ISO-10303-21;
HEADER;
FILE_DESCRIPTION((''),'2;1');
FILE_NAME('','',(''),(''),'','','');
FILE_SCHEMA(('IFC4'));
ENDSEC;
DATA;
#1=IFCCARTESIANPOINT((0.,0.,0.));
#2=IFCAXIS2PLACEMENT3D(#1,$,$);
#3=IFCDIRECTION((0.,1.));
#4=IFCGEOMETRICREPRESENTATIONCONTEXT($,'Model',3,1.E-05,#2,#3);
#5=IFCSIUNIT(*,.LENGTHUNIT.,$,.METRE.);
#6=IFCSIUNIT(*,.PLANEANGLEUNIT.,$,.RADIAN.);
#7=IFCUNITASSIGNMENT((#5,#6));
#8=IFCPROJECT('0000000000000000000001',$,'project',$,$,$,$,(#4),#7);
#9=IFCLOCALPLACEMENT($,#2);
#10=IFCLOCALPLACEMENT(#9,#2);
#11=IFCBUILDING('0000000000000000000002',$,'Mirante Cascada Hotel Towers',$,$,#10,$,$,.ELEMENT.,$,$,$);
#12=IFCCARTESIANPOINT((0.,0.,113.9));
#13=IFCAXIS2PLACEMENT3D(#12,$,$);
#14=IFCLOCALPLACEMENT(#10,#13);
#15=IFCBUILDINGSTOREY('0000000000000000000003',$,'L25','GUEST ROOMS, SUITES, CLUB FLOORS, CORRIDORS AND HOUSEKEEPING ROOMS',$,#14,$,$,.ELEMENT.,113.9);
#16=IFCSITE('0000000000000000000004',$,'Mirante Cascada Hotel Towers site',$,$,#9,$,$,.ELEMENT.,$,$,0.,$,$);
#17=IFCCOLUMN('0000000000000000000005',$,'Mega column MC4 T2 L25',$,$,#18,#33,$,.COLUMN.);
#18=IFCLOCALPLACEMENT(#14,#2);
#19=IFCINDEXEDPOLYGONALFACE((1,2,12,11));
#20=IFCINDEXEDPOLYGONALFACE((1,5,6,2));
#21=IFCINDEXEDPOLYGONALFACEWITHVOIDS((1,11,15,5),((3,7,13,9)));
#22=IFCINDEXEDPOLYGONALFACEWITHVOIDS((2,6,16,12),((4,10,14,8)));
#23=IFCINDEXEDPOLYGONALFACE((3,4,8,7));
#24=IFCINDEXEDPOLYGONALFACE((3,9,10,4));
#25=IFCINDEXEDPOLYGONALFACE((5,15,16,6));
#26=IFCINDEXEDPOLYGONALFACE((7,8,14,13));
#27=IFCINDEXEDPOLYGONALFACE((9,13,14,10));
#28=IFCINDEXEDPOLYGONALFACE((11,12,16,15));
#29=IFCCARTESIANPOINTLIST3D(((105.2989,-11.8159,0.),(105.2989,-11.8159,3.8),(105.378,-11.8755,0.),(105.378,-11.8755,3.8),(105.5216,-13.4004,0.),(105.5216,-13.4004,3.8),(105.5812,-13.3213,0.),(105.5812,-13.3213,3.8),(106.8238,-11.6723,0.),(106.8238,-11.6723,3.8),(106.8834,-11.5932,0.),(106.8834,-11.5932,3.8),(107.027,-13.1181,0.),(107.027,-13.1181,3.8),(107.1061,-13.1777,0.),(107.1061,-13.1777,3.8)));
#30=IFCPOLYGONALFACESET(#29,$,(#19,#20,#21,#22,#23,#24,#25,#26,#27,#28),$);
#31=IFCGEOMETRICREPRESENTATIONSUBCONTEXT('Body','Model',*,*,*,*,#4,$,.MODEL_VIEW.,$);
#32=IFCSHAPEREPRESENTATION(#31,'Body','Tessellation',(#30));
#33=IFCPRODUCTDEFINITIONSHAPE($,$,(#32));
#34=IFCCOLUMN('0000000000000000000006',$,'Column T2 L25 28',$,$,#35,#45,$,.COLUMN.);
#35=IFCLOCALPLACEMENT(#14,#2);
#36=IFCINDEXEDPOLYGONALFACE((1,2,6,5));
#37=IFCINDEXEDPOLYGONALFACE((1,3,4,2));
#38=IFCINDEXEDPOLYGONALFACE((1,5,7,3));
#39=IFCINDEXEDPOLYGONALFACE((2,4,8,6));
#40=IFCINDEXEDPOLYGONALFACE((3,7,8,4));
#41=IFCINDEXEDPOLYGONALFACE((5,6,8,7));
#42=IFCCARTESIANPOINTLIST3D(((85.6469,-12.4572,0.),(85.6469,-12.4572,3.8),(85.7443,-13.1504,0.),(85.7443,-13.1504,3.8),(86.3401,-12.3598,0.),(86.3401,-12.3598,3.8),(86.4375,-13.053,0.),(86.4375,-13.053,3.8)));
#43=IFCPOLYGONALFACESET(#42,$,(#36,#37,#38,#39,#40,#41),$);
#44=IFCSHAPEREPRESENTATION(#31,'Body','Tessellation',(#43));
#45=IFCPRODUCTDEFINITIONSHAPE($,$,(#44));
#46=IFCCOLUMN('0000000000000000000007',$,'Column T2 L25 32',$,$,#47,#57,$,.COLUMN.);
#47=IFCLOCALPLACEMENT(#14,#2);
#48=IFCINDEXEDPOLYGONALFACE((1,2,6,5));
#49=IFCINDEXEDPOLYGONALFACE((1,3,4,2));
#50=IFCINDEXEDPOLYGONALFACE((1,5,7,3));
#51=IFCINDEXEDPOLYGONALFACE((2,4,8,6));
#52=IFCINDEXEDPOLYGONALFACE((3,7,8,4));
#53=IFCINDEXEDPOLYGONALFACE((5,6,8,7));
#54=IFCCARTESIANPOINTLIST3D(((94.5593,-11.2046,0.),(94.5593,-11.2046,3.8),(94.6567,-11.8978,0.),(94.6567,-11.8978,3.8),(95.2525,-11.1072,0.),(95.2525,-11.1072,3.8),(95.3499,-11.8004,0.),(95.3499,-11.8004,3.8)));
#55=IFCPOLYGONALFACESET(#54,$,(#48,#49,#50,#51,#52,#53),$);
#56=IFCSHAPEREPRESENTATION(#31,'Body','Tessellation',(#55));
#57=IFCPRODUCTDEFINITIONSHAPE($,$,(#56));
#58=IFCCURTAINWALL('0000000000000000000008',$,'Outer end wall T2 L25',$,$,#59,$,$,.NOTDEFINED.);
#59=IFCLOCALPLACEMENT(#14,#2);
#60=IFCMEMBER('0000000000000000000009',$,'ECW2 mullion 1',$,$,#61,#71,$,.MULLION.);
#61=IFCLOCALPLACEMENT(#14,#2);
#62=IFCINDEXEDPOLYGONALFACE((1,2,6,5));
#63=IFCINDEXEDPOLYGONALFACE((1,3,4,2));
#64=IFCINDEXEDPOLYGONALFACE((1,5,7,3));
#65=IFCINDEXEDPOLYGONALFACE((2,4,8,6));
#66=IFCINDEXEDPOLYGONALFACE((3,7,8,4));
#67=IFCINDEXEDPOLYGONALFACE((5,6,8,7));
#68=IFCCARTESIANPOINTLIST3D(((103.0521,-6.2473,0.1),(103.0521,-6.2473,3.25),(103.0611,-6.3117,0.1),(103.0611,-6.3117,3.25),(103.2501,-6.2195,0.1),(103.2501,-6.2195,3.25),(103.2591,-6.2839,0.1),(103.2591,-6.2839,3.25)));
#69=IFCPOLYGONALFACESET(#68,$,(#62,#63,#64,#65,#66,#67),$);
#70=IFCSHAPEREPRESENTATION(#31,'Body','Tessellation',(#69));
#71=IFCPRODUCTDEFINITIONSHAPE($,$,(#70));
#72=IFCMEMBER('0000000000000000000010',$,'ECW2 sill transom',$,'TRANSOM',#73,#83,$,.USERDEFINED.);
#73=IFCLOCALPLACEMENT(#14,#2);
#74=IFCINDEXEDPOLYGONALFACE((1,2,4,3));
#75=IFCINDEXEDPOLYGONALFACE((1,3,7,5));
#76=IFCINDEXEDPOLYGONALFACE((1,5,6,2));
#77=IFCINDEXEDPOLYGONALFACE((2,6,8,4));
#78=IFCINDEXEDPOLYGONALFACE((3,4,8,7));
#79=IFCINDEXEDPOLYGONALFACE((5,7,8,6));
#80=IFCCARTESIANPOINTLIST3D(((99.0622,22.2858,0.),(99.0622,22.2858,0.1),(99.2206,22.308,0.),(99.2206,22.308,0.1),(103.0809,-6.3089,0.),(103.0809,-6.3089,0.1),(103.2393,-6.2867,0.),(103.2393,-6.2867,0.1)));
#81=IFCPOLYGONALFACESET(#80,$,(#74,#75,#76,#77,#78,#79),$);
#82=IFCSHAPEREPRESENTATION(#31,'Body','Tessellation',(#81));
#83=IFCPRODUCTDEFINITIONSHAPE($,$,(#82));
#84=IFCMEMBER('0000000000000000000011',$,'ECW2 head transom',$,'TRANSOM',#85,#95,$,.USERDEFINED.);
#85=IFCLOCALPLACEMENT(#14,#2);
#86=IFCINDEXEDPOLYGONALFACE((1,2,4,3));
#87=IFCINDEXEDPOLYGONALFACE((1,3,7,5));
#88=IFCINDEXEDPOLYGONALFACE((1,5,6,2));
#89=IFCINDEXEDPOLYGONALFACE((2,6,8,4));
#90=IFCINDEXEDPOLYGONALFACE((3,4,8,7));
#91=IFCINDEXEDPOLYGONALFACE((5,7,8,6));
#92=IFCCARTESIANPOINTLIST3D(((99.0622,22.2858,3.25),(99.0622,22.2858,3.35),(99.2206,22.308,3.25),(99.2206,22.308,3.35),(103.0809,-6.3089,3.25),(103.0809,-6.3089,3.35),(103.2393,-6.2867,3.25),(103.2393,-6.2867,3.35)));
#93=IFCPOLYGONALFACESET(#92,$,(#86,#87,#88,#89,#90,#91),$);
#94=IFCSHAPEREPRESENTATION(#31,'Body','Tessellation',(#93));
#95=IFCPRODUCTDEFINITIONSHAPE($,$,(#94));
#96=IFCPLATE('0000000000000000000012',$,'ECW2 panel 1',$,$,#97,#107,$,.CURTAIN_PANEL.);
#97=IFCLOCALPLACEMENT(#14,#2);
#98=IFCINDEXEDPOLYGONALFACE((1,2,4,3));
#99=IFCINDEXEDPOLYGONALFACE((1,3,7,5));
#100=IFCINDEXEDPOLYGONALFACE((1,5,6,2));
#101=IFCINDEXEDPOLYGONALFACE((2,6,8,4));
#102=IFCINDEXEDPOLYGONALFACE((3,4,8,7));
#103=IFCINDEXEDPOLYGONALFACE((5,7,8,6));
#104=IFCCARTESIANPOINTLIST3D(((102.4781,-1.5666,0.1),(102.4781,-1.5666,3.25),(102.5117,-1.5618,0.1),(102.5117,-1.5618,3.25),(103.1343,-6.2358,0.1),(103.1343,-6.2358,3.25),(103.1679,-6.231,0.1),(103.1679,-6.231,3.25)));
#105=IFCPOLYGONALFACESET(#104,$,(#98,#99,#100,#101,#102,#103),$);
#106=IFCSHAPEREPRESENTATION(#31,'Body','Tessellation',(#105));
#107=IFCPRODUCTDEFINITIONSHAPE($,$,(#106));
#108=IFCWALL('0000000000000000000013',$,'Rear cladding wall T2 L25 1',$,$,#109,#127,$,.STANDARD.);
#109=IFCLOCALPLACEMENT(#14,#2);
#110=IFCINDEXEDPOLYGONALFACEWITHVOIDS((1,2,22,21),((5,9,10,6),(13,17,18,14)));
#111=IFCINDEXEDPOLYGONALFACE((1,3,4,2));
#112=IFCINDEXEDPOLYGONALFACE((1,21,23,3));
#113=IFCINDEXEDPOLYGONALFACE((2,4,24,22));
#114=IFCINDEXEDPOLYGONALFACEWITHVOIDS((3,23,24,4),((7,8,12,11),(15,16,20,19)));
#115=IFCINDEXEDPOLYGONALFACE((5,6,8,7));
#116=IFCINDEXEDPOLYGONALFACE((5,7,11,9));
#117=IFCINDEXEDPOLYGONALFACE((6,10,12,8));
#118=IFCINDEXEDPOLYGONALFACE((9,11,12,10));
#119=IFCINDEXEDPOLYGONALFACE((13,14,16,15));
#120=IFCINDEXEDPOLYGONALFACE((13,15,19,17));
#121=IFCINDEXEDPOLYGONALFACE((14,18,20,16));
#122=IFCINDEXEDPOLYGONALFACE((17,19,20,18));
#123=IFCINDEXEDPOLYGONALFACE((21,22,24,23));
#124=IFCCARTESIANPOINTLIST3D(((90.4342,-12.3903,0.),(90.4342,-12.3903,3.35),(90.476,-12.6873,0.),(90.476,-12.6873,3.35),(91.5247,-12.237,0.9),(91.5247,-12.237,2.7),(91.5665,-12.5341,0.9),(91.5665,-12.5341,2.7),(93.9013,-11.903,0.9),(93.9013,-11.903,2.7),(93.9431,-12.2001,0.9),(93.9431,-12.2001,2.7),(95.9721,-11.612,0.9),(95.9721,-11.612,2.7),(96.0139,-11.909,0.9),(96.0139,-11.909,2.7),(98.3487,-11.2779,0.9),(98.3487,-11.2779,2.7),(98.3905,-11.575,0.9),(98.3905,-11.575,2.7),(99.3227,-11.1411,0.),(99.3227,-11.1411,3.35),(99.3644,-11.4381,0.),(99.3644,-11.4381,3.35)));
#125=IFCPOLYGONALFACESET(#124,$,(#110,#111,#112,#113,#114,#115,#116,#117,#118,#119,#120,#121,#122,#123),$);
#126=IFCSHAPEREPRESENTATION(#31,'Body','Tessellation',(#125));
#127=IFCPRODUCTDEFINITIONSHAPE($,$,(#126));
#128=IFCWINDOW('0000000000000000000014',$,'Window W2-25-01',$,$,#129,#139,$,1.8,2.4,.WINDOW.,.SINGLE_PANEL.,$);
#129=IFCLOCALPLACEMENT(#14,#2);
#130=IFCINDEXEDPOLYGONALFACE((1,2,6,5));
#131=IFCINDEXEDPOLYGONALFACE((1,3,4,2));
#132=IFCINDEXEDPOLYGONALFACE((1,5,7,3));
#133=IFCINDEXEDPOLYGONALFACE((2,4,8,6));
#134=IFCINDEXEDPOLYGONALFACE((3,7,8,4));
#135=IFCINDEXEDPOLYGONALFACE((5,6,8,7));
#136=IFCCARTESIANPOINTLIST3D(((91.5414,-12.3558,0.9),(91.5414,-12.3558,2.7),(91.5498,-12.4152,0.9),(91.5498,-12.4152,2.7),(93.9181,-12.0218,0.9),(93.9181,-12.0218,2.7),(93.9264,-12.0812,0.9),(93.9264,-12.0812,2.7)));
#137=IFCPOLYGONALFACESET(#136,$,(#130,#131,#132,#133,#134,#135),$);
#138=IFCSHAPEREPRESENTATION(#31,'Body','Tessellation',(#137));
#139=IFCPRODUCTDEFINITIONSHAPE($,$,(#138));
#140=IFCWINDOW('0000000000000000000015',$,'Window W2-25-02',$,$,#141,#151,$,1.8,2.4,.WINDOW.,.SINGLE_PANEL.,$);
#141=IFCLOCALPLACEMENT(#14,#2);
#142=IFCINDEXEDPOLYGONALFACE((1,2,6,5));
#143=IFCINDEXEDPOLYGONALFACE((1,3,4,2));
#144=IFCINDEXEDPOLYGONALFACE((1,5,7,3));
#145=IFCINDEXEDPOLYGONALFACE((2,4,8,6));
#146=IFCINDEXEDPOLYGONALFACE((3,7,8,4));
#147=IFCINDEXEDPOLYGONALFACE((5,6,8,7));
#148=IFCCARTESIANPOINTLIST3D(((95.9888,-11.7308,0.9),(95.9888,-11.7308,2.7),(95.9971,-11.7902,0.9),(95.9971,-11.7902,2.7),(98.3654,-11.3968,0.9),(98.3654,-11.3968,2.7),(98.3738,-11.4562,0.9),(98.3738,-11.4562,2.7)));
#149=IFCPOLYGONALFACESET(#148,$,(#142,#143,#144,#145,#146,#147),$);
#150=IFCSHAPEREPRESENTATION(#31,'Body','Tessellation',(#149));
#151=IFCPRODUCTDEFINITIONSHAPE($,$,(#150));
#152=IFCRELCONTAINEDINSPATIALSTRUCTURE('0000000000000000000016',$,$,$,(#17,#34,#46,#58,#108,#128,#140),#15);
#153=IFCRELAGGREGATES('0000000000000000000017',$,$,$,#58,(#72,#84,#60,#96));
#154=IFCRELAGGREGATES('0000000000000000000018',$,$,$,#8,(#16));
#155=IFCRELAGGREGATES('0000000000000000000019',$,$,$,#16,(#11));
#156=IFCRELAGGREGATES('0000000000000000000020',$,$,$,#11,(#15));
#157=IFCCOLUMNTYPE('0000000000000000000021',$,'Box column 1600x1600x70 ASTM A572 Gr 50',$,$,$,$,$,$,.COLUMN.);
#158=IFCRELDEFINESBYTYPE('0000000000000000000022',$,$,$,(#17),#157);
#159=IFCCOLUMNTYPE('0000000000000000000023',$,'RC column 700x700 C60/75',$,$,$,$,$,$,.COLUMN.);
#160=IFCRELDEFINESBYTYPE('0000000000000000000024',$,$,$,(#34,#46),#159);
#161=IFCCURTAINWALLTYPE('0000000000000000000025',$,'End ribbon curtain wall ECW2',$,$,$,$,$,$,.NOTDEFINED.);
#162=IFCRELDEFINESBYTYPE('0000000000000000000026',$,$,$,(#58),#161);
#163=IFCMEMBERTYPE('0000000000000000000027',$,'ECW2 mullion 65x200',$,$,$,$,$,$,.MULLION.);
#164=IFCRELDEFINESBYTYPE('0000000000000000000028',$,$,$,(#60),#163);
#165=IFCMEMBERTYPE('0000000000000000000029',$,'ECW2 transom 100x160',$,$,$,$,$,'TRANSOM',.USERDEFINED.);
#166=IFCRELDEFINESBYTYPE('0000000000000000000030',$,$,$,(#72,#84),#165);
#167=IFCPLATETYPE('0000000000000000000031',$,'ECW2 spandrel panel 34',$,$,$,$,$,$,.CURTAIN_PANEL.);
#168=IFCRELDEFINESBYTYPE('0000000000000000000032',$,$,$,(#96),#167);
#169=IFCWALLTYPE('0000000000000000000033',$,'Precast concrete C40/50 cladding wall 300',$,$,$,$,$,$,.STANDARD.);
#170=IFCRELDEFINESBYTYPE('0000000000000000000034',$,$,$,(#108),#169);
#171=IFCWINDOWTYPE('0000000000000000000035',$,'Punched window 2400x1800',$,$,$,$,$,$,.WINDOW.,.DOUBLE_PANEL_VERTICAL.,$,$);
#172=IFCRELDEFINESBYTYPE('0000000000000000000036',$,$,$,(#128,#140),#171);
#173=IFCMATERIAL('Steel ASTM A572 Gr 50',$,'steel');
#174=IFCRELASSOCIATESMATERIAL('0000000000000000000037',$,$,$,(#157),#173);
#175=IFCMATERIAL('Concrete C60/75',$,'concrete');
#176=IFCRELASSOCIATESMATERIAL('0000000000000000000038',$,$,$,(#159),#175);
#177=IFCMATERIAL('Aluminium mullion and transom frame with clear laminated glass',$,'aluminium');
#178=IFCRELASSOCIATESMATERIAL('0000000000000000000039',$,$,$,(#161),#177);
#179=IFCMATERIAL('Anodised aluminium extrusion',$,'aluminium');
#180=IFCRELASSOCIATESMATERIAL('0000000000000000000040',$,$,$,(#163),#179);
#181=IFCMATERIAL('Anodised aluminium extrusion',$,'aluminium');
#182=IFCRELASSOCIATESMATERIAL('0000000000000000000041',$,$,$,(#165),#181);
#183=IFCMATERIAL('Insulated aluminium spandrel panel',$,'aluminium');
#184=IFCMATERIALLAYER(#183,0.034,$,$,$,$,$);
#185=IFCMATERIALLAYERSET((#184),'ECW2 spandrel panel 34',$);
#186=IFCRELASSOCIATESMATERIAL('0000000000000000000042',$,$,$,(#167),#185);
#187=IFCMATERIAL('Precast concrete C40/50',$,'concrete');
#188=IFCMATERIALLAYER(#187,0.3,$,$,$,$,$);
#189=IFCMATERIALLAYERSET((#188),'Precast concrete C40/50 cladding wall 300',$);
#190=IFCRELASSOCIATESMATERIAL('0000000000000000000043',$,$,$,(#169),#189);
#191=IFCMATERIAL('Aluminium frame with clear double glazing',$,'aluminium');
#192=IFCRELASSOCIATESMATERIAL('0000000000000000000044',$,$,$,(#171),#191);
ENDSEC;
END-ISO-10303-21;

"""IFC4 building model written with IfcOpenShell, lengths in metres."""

from ifc_helpers import new_model, si_unit, direction, frame, frame_2d, origin, origin_2d, place, context, subcontext, project, spatial, rectangle, hollow_rectangle, extrude, material, layer, layer_set, material_profile, profile_set, type_object, element, fill, aggregate, save


model = new_model("IFC4")

# Units and contexts
model_context = context("Model", 3, precision=1e-05, world=origin(), true_north=direction((0.0, 1.0)))
body_context = subcontext(model_context, "Body", "Model", "MODEL_VIEW")
ifc_project = project(units=[si_unit("LENGTHUNIT", "METRE"), si_unit("PLANEANGLEUNIT", "RADIAN")], contexts=[model_context])

# Site, building, storey
site_placement = place(None, origin())
site = spatial("IfcSite", under=ifc_project, at=site_placement, Name="Mirante Cascada Hotel Towers site", CompositionType="ELEMENT", RefElevation=0.0)
building_placement = place(site_placement, origin())
building = spatial("IfcBuilding", under=site, at=building_placement, Name="Mirante Cascada Hotel Towers", CompositionType="ELEMENT")
storey_placement = place(building_placement, frame((0.0, 0.0, 113.9)))
storey = spatial("IfcBuildingStorey", under=building, at=storey_placement, Name="L25", Description="GUEST ROOMS, SUITES, CLUB FLOORS, CORRIDORS AND HOUSEKEEPING ROOMS", CompositionType="ELEMENT", Elevation=113.9)

# Columns
ifc_material_1 = material(Name="Steel ASTM A572 Gr 50", Category="steel")
ifc_material_profile_1 = material_profile(ifc_material_1, hollow_rectangle(XDim=1.6, YDim=1.6, WallThickness=0.07, at=origin_2d()), Name="Box column 1600x1600x70 ASTM A572 Gr 50")
ifc_profile_set_1 = profile_set([ifc_material_profile_1], Name="Steel ASTM A572 Gr 50")
column_type_1 = type_object("IfcColumnType", Name="Box column 1600x1600x70 ASTM A572 Gr 50", PredefinedType="COLUMN", material=ifc_profile_set_1)
column_placement = place(storey_placement, frame((106.2025, -12.4968, 0.0), z_axis=(0.0, 0.0, 1.0), x_axis=(0.990268, 0.139173, 0.0)))
element("IfcColumn", 1, at=column_placement, inside=storey, type_object=column_type_1, Name="Mega column MC4 T2 L25", PredefinedType="COLUMN", context=body_context, shape_type="SweptSolid", body=[
    extrude(hollow_rectangle(XDim=1.6, YDim=1.6, WallThickness=0.07, at=origin_2d()), origin(), (0.0, 0.0, 1.0), 3.8),
])
ifc_material_2 = material(Name="Concrete C60/75", Category="concrete")
ifc_material_profile_2 = material_profile(ifc_material_2, rectangle(XDim=0.7, YDim=0.7, at=origin_2d()), Name="RC column 700x700 C60/75")
ifc_profile_set_2 = profile_set([ifc_material_profile_2], Name="Concrete C60/75")
column_type_2 = type_object("IfcColumnType", Name="RC column 700x700 C60/75", PredefinedType="COLUMN", material=ifc_profile_set_2)
for number, where, z_axis, x_axis, name in (
    (2, (86.0422, -12.7551, 0.0), (0.0, 0.0, 1.0), (0.990268, 0.139173, 0.0), "Column T2 L25 28"),
    (3, (94.9546, -11.5025, 0.0), (0.0, 0.0, 1.0), (0.990268, 0.139173, 0.0), "Column T2 L25 32"),
):
    element("IfcColumn", number, at=place(storey_placement, frame(where, z_axis=z_axis, x_axis=x_axis)), inside=storey, type_object=column_type_2, Name=name, PredefinedType="COLUMN", context=body_context, shape_type="SweptSolid", body=[
        extrude(rectangle(XDim=0.7, YDim=0.7, at=origin_2d()), origin(), (0.0, 0.0, 1.0), 3.8),
    ])

# Curtain wall, members, plate
ifc_material_3 = material(Name="Aluminium mullion and transom frame with clear laminated glass", Category="aluminium")
curtain_wall_type = type_object("IfcCurtainWallType", Name="End ribbon curtain wall ECW2", PredefinedType="NOTDEFINED", material=ifc_material_3)
curtain_wall_placement = place(storey_placement, origin())
curtain_wall = element("IfcCurtainWall", 4, at=curtain_wall_placement, inside=storey, type_object=curtain_wall_type, Name="Outer end wall T2 L25", PredefinedType="NOTDEFINED")
ifc_material_4 = material(Name="Anodised aluminium extrusion", Category="aluminium")
ifc_material_profile_3 = material_profile(ifc_material_4, rectangle(XDim=0.2, YDim=0.065, at=origin_2d()), Name="ECW2 MULLION 65x200")
ifc_profile_set_3 = profile_set([ifc_material_profile_3], Name="Anodised aluminium extrusion")
member_type_1 = type_object("IfcMemberType", Name="ECW2 mullion 65x200", PredefinedType="MULLION", material=ifc_profile_set_3)
member_1_placement = place(storey_placement, frame((103.1556, -6.2656, 0.1), z_axis=(0.0, 0.0, 1.0), x_axis=(-0.990268, -0.139173, 0.0)))
member_1 = element("IfcMember", 5, at=member_1_placement, type_object=member_type_1, Name="ECW2 mullion 1", PredefinedType="MULLION", context=body_context, shape_type="SweptSolid", body=[
    extrude(rectangle(XDim=0.2, YDim=0.065, at=origin_2d()), origin(), (0.0, 0.0, 1.0), 3.15),
])
ifc_material_5 = material(Name="Anodised aluminium extrusion", Category="aluminium")
ifc_material_profile_4 = material_profile(ifc_material_5, rectangle(XDim=0.16, YDim=0.1, at=origin_2d()), Name="ECW2 TRANSOM 100x160")
ifc_profile_set_4 = profile_set([ifc_material_profile_4], Name="Anodised aluminium extrusion")
member_type_2 = type_object("IfcMemberType", Name="ECW2 transom 100x160", ElementType="TRANSOM", PredefinedType="USERDEFINED", material=ifc_profile_set_4)
member_2_placement = place(storey_placement, frame((103.1601, -6.2978, 0.05), z_axis=(-0.139172, 0.990268, 0.0), x_axis=(-0.990268, -0.139172, 0.0)))
member_2 = element("IfcMember", 6, at=member_2_placement, type_object=member_type_2, Name="ECW2 sill transom", ObjectType="TRANSOM", PredefinedType="USERDEFINED", context=body_context, shape_type="SweptSolid", body=[
    extrude(rectangle(XDim=0.16, YDim=0.1, at=origin_2d()), origin(), (0.0, 0.0, 1.0), 28.8757),
])
member_3_placement = place(storey_placement, frame((103.1601, -6.2978, 3.3), z_axis=(-0.139172, 0.990268, 0.0), x_axis=(-0.990268, -0.139172, 0.0)))
member_3 = element("IfcMember", 7, at=member_3_placement, type_object=member_type_2, Name="ECW2 head transom", ObjectType="TRANSOM", PredefinedType="USERDEFINED", context=body_context, shape_type="SweptSolid", body=[
    extrude(rectangle(XDim=0.16, YDim=0.1, at=origin_2d()), origin(), (0.0, 0.0, 1.0), 28.8757),
])
ifc_material_6 = material(Name="Insulated aluminium spandrel panel", Category="aluminium")
ifc_layer_1 = layer(ifc_material_6, 0.034)
ifc_layer_set_1 = layer_set([ifc_layer_1], Name="ECW2 spandrel panel 34")
plate_type = type_object("IfcPlateType", Name="ECW2 spandrel panel 34", PredefinedType="CURTAIN_PANEL", material=ifc_layer_set_1)
plate_placement = place(storey_placement, frame((102.823, -3.8988, 0.1), z_axis=(0.0, 0.0, 1.0), x_axis=(-0.139173, 0.990268, 0.0)))
plate = element("IfcPlate", 8, at=plate_placement, type_object=plate_type, Name="ECW2 panel 1", PredefinedType="CURTAIN_PANEL", context=body_context, shape_type="SweptSolid", body=[
    extrude(rectangle(XDim=4.7151, YDim=0.034, at=origin_2d()), origin(), (0.0, 0.0, 1.0), 3.15),
])
aggregate(curtain_wall, [member_2, member_3, member_1, plate])

# Wall, openings, windows
ifc_material_7 = material(Name="Precast concrete C40/50", Category="concrete")
ifc_layer_2 = layer(ifc_material_7, 0.3)
ifc_layer_set_2 = layer_set([ifc_layer_2], Name="Precast concrete C40/50 cladding wall 300")
wall_type_1 = type_object("IfcWallType", Name="Precast concrete C40/50 cladding wall 300", PredefinedType="STANDARD", material=ifc_layer_set_2)
wall_1_placement = place(storey_placement, frame((90.4551, -12.5388, 0.0), z_axis=(0.0, 0.0, 1.0), x_axis=(0.990268, 0.139175, 0.0)))
wall_1 = element("IfcWall", 9, at=wall_1_placement, inside=storey, type_object=wall_type_1, Name="Rear cladding wall T2 L25 1", PredefinedType="STANDARD", context=body_context, shape_type="SweptSolid", body=[
    extrude(rectangle(XDim=8.9758, YDim=0.3, at=frame_2d((4.4879, 0.0))), origin(), (0.0, 0.0, 1.0), 3.35),
])
opening_1_placement = place(wall_1_placement, frame((1.1012, 0.0, 0.9)))
opening_1 = element("IfcOpeningElement", 10, at=opening_1_placement, cuts=wall_1, PredefinedType="OPENING", context=body_context, shape_type="SweptSolid", body=[
    extrude(rectangle(XDim=2.4, YDim=1.8, at=frame_2d((1.2, 0.9))), frame((0.0, 0.15, 0.0), z_axis=(0.0, -1.0, 0.0), x_axis=(1.0, 0.0, 0.0)), (0.0, 0.0, 1.0), 0.3),
])
opening_2_placement = place(wall_1_placement, frame((5.5923, 0.0, 0.9)))
opening_2 = element("IfcOpeningElement", 11, at=opening_2_placement, cuts=wall_1, PredefinedType="OPENING", context=body_context, shape_type="SweptSolid", body=[
    extrude(rectangle(XDim=2.4, YDim=1.8, at=frame_2d((1.2, 0.9))), frame((0.0, 0.15, 0.0), z_axis=(0.0, -1.0, 0.0), x_axis=(1.0, 0.0, 0.0)), (0.0, 0.0, 1.0), 0.3),
])
ifc_material_8 = material(Name="Aluminium frame with clear double glazing", Category="aluminium")
window_type_1 = type_object("IfcWindowType", Name="Punched window 2400x1800", PartitioningType="DOUBLE_PANEL_VERTICAL", PredefinedType="WINDOW", material=ifc_material_8)
window_1_placement = place(opening_1_placement, origin())
window_1 = element("IfcWindow", 12, at=window_1_placement, inside=storey, type_object=window_type_1, Name="Window W2-25-01", OverallHeight=1.8, OverallWidth=2.4, PartitioningType="SINGLE_PANEL", PredefinedType="WINDOW", context=body_context, shape_type="SweptSolid", body=[
    extrude(rectangle(XDim=2.4, YDim=1.8, at=frame_2d((1.2, 0.9))), frame((0.0, 0.03, 0.0), z_axis=(0.0, -1.0, 0.0), x_axis=(1.0, 0.0, 0.0)), (0.0, 0.0, 1.0), 0.06),
])
fill(opening_1, window_1)
window_2_placement = place(opening_2_placement, origin())
window_2 = element("IfcWindow", 13, at=window_2_placement, inside=storey, type_object=window_type_1, Name="Window W2-25-02", OverallHeight=1.8, OverallWidth=2.4, PartitioningType="SINGLE_PANEL", PredefinedType="WINDOW", context=body_context, shape_type="SweptSolid", body=[
    extrude(rectangle(XDim=2.4, YDim=1.8, at=frame_2d((1.2, 0.9))), frame((0.0, 0.03, 0.0), z_axis=(0.0, -1.0, 0.0), x_axis=(1.0, 0.0, 0.0)), (0.0, 0.0, 1.0), 0.06),
])
fill(opening_2, window_2)

save(model, "model.ifc")
